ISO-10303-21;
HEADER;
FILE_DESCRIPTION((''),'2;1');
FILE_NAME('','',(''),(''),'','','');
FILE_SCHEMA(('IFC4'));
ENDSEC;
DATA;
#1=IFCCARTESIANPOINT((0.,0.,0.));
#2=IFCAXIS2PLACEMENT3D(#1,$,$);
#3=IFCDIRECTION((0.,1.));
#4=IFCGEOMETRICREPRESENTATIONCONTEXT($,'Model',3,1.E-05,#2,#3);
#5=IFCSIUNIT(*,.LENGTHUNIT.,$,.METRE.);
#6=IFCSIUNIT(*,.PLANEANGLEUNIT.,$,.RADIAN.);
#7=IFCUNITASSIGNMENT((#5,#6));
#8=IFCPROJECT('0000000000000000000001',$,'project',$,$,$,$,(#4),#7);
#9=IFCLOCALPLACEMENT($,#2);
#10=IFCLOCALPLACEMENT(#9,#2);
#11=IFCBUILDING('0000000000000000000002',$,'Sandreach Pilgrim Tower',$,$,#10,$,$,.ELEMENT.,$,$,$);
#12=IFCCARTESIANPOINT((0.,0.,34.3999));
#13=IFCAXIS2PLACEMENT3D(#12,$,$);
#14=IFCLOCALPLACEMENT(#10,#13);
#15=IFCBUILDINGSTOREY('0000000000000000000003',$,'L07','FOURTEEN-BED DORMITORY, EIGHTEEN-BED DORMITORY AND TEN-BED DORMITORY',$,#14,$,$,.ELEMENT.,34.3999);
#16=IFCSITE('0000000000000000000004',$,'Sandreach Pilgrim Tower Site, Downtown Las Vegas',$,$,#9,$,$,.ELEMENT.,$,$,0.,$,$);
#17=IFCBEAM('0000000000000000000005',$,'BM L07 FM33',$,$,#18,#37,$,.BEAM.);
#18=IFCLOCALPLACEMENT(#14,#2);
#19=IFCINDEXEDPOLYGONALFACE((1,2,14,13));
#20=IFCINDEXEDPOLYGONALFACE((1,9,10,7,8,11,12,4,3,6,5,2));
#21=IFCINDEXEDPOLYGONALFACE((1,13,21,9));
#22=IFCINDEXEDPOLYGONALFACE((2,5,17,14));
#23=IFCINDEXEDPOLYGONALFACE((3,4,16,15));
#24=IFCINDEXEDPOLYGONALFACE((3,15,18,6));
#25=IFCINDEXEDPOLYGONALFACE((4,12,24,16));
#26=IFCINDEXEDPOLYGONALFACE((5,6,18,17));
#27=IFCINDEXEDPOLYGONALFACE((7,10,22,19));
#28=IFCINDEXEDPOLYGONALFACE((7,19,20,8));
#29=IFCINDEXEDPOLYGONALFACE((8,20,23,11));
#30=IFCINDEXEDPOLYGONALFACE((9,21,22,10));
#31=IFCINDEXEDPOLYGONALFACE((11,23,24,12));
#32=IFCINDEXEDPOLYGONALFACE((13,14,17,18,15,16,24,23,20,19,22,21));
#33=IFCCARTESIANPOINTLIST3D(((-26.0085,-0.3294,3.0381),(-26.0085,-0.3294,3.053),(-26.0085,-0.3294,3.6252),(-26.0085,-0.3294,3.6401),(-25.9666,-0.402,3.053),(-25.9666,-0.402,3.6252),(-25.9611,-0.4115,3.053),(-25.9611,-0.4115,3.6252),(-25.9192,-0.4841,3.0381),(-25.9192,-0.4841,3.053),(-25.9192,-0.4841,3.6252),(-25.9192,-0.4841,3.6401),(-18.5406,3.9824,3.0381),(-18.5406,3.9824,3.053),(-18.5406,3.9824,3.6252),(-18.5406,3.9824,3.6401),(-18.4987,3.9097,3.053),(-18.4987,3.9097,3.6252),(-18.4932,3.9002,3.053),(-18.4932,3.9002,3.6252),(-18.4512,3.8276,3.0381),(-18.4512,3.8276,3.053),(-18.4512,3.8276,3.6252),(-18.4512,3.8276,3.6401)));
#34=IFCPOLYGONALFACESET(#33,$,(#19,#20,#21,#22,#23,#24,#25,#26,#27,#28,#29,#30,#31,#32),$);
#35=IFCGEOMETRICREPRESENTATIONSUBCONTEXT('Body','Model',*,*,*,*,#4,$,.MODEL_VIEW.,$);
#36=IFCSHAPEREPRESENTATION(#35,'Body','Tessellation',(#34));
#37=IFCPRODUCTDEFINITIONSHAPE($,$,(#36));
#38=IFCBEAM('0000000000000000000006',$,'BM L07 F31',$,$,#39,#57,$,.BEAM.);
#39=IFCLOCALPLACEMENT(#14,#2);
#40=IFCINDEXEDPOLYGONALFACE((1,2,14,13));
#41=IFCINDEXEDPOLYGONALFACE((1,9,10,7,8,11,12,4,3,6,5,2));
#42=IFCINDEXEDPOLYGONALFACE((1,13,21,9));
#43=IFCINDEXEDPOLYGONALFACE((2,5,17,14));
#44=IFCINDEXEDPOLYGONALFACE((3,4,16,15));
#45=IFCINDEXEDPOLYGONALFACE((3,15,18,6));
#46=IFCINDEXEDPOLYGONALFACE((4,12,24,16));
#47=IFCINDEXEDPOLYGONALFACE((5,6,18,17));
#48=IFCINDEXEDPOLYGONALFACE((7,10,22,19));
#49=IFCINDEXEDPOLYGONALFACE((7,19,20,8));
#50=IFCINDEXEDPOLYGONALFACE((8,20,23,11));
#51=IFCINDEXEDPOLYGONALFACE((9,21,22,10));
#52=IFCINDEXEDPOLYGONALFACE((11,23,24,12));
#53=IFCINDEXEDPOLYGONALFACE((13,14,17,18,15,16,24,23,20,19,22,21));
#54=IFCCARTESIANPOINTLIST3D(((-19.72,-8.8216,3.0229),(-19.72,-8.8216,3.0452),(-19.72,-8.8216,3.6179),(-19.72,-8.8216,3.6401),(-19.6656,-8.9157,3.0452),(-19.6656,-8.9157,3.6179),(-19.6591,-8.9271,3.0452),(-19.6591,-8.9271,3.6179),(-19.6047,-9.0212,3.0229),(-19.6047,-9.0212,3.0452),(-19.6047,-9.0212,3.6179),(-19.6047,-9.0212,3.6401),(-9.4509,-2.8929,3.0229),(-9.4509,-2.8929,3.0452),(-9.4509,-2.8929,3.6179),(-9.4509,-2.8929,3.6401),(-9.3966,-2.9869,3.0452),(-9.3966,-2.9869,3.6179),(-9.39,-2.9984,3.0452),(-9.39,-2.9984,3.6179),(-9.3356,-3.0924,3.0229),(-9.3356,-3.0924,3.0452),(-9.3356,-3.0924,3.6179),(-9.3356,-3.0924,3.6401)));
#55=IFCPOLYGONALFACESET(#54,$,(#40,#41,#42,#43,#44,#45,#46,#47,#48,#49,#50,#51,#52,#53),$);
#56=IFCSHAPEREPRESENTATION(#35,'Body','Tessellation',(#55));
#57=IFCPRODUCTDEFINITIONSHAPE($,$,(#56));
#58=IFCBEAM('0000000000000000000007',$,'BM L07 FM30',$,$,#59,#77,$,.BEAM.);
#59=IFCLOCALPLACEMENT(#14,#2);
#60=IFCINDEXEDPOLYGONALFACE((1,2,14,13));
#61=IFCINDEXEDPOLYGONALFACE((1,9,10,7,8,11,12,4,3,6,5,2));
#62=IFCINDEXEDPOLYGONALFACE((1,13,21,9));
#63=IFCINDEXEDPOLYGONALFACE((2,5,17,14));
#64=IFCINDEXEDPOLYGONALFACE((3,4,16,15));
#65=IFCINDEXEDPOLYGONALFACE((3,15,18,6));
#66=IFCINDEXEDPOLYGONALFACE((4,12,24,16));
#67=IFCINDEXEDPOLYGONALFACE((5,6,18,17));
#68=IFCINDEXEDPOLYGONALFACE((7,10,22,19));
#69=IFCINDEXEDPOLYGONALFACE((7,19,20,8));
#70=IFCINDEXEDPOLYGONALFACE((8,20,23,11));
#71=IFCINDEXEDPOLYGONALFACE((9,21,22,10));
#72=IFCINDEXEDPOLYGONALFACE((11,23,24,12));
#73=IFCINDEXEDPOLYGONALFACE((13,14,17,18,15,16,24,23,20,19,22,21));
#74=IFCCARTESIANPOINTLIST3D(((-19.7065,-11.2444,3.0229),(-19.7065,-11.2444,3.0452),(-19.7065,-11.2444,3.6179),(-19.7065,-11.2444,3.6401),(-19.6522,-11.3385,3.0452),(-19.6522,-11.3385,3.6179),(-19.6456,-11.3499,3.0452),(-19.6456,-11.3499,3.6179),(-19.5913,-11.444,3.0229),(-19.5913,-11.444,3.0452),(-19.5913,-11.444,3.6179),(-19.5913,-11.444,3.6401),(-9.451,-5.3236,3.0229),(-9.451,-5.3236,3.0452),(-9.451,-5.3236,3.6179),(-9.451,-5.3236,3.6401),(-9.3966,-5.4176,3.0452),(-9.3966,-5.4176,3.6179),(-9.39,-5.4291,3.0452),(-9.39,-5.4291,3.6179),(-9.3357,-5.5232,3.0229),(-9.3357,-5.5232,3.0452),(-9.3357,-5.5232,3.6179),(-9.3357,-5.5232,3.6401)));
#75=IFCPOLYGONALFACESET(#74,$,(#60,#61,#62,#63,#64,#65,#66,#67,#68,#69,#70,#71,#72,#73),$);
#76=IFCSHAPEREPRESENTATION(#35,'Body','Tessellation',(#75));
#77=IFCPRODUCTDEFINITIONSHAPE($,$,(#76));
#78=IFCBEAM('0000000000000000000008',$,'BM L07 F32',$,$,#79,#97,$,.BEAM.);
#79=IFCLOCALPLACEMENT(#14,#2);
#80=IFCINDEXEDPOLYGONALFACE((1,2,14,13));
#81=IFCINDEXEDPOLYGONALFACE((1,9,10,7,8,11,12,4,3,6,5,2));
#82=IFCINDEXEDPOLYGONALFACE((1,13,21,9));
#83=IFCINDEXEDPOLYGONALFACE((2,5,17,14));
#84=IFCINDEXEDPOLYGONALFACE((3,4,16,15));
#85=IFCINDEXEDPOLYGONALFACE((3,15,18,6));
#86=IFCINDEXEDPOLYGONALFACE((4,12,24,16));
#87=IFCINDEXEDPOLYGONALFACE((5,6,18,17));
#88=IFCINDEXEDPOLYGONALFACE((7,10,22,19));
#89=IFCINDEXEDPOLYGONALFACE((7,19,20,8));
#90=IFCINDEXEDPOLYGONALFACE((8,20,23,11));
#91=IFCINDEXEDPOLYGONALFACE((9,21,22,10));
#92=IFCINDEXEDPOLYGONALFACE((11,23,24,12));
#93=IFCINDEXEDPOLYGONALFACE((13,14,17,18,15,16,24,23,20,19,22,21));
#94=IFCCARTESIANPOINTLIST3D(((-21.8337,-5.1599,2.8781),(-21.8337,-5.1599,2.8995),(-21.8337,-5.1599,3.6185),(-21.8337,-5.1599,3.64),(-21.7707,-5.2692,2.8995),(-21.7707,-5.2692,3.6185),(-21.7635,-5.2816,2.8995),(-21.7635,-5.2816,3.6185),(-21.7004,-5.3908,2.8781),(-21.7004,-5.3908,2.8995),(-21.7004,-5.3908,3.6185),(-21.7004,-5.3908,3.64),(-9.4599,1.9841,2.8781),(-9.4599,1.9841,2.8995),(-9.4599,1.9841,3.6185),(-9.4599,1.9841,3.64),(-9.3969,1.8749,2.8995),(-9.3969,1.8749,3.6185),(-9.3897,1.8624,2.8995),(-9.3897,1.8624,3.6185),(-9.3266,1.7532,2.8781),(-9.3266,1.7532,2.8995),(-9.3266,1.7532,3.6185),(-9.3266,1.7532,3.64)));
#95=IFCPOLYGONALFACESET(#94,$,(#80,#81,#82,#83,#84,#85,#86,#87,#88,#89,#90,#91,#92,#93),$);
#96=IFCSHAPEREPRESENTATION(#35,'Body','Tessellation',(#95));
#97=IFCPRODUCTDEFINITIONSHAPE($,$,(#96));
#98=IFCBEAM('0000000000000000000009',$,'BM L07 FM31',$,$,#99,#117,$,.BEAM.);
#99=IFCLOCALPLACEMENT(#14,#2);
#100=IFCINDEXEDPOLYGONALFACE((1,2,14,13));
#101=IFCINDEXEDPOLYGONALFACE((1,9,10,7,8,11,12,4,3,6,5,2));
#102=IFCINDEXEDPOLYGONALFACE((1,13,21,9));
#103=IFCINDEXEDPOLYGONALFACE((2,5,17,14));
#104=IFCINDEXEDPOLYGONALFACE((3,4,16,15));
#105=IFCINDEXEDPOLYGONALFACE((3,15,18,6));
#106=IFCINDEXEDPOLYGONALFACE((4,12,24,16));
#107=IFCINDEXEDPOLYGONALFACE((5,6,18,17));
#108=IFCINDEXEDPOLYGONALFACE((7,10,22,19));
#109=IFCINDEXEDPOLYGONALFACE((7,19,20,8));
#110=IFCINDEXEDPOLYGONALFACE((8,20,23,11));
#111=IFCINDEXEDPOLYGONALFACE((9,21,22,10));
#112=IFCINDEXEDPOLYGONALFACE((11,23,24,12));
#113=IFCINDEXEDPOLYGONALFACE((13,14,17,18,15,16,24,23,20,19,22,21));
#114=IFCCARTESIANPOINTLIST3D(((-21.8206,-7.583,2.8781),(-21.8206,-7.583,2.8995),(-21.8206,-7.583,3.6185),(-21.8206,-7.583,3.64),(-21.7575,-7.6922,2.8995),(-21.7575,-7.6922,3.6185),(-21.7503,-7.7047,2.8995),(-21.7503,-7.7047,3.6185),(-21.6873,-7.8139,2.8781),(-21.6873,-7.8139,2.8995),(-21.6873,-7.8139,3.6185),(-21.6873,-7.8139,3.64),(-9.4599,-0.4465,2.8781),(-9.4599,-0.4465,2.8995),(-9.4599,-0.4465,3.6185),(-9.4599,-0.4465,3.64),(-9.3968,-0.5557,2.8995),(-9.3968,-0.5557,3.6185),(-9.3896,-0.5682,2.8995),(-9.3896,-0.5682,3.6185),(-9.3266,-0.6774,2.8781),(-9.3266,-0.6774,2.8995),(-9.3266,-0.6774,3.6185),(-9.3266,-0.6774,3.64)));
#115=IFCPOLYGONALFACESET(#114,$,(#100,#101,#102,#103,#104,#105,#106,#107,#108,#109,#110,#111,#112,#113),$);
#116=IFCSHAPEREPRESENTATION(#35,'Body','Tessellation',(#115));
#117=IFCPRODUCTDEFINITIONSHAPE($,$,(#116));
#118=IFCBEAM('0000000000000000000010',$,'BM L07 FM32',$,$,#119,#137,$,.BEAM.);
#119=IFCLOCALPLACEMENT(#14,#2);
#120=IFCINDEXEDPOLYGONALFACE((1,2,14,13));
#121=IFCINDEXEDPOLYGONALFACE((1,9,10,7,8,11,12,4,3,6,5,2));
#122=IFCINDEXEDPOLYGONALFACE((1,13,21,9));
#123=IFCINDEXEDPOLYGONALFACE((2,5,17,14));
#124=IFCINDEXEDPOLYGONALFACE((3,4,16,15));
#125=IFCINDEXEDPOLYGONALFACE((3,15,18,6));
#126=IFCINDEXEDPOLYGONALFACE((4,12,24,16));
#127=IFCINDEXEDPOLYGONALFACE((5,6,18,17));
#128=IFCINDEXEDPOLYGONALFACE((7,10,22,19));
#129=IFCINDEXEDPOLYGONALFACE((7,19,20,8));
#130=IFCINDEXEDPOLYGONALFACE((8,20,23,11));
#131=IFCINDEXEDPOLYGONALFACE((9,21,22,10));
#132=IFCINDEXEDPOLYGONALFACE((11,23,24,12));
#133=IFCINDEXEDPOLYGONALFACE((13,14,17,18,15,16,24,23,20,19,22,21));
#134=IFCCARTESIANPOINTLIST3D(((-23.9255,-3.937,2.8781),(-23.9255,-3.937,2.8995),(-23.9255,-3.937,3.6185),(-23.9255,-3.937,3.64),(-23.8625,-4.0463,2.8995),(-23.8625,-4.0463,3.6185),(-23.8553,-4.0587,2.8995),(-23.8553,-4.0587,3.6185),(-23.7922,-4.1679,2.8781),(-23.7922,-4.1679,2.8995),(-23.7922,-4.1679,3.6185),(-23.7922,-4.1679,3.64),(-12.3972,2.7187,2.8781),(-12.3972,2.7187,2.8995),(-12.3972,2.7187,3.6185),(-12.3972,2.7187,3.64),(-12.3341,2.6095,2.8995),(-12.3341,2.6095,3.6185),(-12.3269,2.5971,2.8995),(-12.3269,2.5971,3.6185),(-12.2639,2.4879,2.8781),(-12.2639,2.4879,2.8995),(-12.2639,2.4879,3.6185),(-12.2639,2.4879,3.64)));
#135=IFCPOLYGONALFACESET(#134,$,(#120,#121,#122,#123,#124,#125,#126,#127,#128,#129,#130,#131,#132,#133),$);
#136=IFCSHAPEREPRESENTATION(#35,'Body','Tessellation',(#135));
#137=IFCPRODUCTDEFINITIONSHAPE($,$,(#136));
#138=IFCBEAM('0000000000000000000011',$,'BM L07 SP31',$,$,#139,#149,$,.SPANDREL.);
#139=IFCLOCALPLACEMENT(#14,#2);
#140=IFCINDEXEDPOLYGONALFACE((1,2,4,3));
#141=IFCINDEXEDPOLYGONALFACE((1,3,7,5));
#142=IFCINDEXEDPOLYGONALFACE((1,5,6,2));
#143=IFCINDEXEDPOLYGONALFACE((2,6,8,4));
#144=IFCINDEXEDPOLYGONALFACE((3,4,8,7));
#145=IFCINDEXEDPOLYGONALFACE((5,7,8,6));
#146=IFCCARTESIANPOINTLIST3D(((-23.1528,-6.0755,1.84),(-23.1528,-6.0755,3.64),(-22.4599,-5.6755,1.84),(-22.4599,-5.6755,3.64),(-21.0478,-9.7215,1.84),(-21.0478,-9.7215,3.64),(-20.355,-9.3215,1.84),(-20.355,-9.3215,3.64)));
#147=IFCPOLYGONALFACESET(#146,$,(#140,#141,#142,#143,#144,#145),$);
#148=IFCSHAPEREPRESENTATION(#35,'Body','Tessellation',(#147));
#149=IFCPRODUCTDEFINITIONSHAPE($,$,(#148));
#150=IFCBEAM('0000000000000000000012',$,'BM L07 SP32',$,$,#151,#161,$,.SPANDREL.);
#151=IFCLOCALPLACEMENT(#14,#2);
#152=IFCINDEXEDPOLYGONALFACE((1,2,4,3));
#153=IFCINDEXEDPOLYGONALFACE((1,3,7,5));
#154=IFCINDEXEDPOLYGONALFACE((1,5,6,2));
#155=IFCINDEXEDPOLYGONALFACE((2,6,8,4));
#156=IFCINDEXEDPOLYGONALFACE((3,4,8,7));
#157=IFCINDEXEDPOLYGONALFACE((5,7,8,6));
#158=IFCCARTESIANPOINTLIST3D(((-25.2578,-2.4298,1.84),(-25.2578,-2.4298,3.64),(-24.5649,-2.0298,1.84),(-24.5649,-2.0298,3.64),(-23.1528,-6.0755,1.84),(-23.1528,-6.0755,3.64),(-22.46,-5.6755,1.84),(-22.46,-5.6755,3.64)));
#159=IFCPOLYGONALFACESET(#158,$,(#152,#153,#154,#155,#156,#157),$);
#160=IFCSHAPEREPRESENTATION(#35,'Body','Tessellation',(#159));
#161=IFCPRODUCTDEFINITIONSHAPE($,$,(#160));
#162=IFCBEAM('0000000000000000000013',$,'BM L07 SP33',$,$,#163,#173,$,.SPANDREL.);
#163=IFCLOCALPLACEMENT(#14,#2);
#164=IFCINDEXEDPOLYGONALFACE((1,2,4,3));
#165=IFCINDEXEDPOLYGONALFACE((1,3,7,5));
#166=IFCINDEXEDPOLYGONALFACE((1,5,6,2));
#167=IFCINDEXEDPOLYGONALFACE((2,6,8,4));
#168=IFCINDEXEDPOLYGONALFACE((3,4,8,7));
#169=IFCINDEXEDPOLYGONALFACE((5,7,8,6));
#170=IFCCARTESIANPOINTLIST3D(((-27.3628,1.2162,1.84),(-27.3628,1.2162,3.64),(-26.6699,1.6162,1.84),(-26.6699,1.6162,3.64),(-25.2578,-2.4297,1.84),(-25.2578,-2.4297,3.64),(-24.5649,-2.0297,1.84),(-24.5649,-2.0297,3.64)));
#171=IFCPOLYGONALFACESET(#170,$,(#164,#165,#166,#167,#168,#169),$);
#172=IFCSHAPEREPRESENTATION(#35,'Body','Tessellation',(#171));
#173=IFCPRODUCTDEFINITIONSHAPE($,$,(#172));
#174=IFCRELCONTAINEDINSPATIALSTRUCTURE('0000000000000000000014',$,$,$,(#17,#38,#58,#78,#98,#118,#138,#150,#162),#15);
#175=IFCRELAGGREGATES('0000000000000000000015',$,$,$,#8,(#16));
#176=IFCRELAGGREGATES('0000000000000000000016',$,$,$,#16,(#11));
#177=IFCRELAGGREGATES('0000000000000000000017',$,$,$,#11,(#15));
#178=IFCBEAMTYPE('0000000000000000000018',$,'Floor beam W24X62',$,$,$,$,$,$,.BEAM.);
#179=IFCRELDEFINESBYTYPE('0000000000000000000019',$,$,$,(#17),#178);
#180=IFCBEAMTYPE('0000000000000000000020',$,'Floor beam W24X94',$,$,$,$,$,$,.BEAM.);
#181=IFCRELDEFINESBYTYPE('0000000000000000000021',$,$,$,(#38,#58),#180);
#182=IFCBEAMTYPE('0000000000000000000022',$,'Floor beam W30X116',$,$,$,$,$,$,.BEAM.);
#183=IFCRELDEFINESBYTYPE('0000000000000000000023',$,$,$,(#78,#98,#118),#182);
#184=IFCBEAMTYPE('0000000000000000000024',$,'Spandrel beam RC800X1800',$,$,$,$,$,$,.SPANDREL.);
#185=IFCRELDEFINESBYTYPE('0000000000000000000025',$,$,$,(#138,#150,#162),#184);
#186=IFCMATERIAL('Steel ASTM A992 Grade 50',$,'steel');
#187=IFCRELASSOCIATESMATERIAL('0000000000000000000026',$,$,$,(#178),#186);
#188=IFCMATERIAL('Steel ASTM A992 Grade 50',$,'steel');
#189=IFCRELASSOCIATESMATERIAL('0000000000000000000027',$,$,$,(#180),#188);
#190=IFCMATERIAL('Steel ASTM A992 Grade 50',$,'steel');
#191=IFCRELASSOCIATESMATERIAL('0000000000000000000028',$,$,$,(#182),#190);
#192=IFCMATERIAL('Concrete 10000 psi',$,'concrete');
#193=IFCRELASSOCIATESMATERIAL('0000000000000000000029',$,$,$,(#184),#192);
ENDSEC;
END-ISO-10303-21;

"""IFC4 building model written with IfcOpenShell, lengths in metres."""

from ifc_helpers import new_model, si_unit, direction, frame, origin, origin_2d, place, context, subcontext, project, spatial, rectangle, i_section, extrude, material, material_profile, profile_set, type_object, element, save


model = new_model("IFC4")

# Units and contexts
model_context = context("Model", 3, precision=1e-05, world=origin(), true_north=direction((0.0, 1.0)))
body_context = subcontext(model_context, "Body", "Model", "MODEL_VIEW")
ifc_project = project(units=[si_unit("LENGTHUNIT", "METRE"), si_unit("PLANEANGLEUNIT", "RADIAN")], contexts=[model_context])

# Site, building, storey
site_placement = place(None, origin())
site = spatial("IfcSite", under=ifc_project, at=site_placement, Name="Sandreach Pilgrim Tower Site, Downtown Las Vegas", CompositionType="ELEMENT", RefElevation=0.0)
building_placement = place(site_placement, origin())
building = spatial("IfcBuilding", under=site, at=building_placement, Name="Sandreach Pilgrim Tower", CompositionType="ELEMENT")
storey_placement = place(building_placement, frame((0.0, 0.0, 34.3999)))
storey = spatial("IfcBuildingStorey", under=building, at=storey_placement, Name="L07", Description="FOURTEEN-BED DORMITORY, EIGHTEEN-BED DORMITORY AND TEN-BED DORMITORY", CompositionType="ELEMENT", Elevation=34.3999)

# Beams
ifc_material_1 = material(Name="Steel ASTM A992 Grade 50", Category="steel")
ifc_material_profile_1 = material_profile(ifc_material_1, i_section(OverallWidth=0.1787, OverallDepth=0.6021, WebThickness=0.011, FlangeThickness=0.0149, at=origin_2d()), Name="W24X62")
ifc_profile_set_1 = profile_set([ifc_material_profile_1], Name="Steel ASTM A992 Grade 50")
beam_type_1 = type_object("IfcBeamType", Name="Floor beam W24X62", PredefinedType="BEAM", material=ifc_profile_set_1)
beam_1_placement = place(storey_placement, frame((-25.9639, -0.4067, 3.3391), z_axis=(0.86602, 0.500009, 0.0), x_axis=(-0.500009, 0.86602, 0.0)))
element("IfcBeam", 1, at=beam_1_placement, inside=storey, type_object=beam_type_1, Name="BM L07 FM33", PredefinedType="BEAM", context=body_context, shape_type="SweptSolid", body=[
    extrude(i_section(OverallWidth=0.1787, OverallDepth=0.6021, WebThickness=0.011, FlangeThickness=0.0149, at=origin_2d()), origin(), (0.0, 0.0, 1.0), 8.6233),
])
ifc_material_2 = material(Name="Steel ASTM A992 Grade 50", Category="steel")
ifc_material_profile_2 = material_profile(ifc_material_2, i_section(OverallWidth=0.2305, OverallDepth=0.6172, WebThickness=0.0132, FlangeThickness=0.0222, at=origin_2d()), Name="W24X94")
ifc_profile_set_2 = profile_set([ifc_material_profile_2], Name="Steel ASTM A992 Grade 50")
beam_type_2 = type_object("IfcBeamType", Name="Floor beam W24X94", PredefinedType="BEAM", material=ifc_profile_set_2)
beam_2_placement = place(storey_placement, frame((-19.6624, -8.9214, 3.3315), z_axis=(0.86603, 0.499992, 0.0), x_axis=(-0.499992, 0.86603, 0.0)))
element("IfcBeam", 2, at=beam_2_placement, inside=storey, type_object=beam_type_2, Name="BM L07 F31", PredefinedType="BEAM", context=body_context, shape_type="SweptSolid", body=[
    extrude(i_section(OverallWidth=0.2305, OverallDepth=0.6172, WebThickness=0.0132, FlangeThickness=0.0222, at=origin_2d()), origin(), (0.0, 0.0, 1.0), 11.8577),
])
beam_3_placement = place(storey_placement, frame((-19.6489, -11.3442, 3.3315), z_axis=(0.866032, 0.499988, 0.0), x_axis=(-0.499988, 0.866032, 0.0)))
element("IfcBeam", 3, at=beam_3_placement, inside=storey, type_object=beam_type_2, Name="BM L07 FM30", PredefinedType="BEAM", context=body_context, shape_type="SweptSolid", body=[
    extrude(i_section(OverallWidth=0.2305, OverallDepth=0.6172, WebThickness=0.0132, FlangeThickness=0.0222, at=origin_2d()), origin(), (0.0, 0.0, 1.0), 11.842),
])
ifc_material_3 = material(Name="Steel ASTM A992 Grade 50", Category="steel")
ifc_material_profile_3 = material_profile(ifc_material_3, i_section(OverallWidth=0.2666, OverallDepth=0.762, WebThickness=0.0144, FlangeThickness=0.0215, at=origin_2d()), Name="W30X116")
ifc_profile_set_3 = profile_set([ifc_material_profile_3], Name="Steel ASTM A992 Grade 50")
beam_type_3 = type_object("IfcBeamType", Name="Floor beam W30X116", PredefinedType="BEAM", material=ifc_profile_set_3)
beam_4_placement = place(storey_placement, frame((-21.7671, -5.2754, 3.259), z_axis=(0.866024, 0.500002, 0.0), x_axis=(-0.500002, 0.866024, 0.0)))
element("IfcBeam", 4, at=beam_4_placement, inside=storey, type_object=beam_type_3, Name="BM L07 F32", PredefinedType="BEAM", context=body_context, shape_type="SweptSolid", body=[
    extrude(i_section(OverallWidth=0.2666, OverallDepth=0.762, WebThickness=0.0144, FlangeThickness=0.0215, at=origin_2d()), origin(), (0.0, 0.0, 1.0), 14.2881),
])
beam_5_placement = place(storey_placement, frame((-21.7539, -7.6985, 3.259), z_axis=(0.866023, 0.500004, 0.0), x_axis=(-0.500004, 0.866023, 0.0)))
element("IfcBeam", 5, at=beam_5_placement, inside=storey, type_object=beam_type_3, Name="BM L07 FM31", PredefinedType="BEAM", context=body_context, shape_type="SweptSolid", body=[
    extrude(i_section(OverallWidth=0.2666, OverallDepth=0.762, WebThickness=0.0144, FlangeThickness=0.0215, at=origin_2d()), origin(), (0.0, 0.0, 1.0), 14.2729),
])
beam_6_placement = place(storey_placement, frame((-23.8589, -4.0525, 3.259), z_axis=(0.866029, 0.499993, 0.0), x_axis=(-0.499993, 0.866029, 0.0)))
element("IfcBeam", 6, at=beam_6_placement, inside=storey, type_object=beam_type_3, Name="BM L07 FM32", PredefinedType="BEAM", context=body_context, shape_type="SweptSolid", body=[
    extrude(i_section(OverallWidth=0.2666, OverallDepth=0.762, WebThickness=0.0144, FlangeThickness=0.0215, at=origin_2d()), origin(), (0.0, 0.0, 1.0), 13.3118),
])
ifc_material_4 = material(Name="Concrete 10000 psi", Category="concrete")
ifc_material_profile_4 = material_profile(ifc_material_4, rectangle(XDim=0.8, YDim=1.8, at=origin_2d()), Name="RC800X1800")
ifc_profile_set_4 = profile_set([ifc_material_profile_4], Name="Concrete 10000 psi")
beam_type_4 = type_object("IfcBeamType", Name="Spandrel beam RC800X1800", PredefinedType="SPANDREL", material=ifc_profile_set_4)
beam_7_placement = place(storey_placement, frame((-20.7014, -9.5215, 2.74), z_axis=(-0.499994, 0.866029, 0.0), x_axis=(-0.866029, -0.499994, 0.0)))
element("IfcBeam", 7, at=beam_7_placement, inside=storey, type_object=beam_type_4, Name="BM L07 SP31", PredefinedType="SPANDREL", context=body_context, shape_type="SweptSolid", body=[
    extrude(rectangle(XDim=0.8, YDim=1.8, at=origin_2d()), origin(), (0.0, 0.0, 1.0), 4.21),
])
beam_8_placement = place(storey_placement, frame((-22.8064, -5.8755, 2.74), z_axis=(-0.500019, 0.866015, 0.0), x_axis=(-0.866015, -0.500019, 0.0)))
element("IfcBeam", 8, at=beam_8_placement, inside=storey, type_object=beam_type_4, Name="BM L07 SP32", PredefinedType="SPANDREL", context=body_context, shape_type="SweptSolid", body=[
    extrude(rectangle(XDim=0.8, YDim=1.8, at=origin_2d()), origin(), (0.0, 0.0, 1.0), 4.2097),
])
beam_9_placement = place(storey_placement, frame((-24.9114, -2.2297, 2.74), z_axis=(-0.499994, 0.866029, 0.0), x_axis=(-0.866029, -0.499994, 0.0)))
element("IfcBeam", 9, at=beam_9_placement, inside=storey, type_object=beam_type_4, Name="BM L07 SP33", PredefinedType="SPANDREL", context=body_context, shape_type="SweptSolid", body=[
    extrude(rectangle(XDim=0.8, YDim=1.8, at=origin_2d()), origin(), (0.0, 0.0, 1.0), 4.21),
])

save(model, "model.ifc")
